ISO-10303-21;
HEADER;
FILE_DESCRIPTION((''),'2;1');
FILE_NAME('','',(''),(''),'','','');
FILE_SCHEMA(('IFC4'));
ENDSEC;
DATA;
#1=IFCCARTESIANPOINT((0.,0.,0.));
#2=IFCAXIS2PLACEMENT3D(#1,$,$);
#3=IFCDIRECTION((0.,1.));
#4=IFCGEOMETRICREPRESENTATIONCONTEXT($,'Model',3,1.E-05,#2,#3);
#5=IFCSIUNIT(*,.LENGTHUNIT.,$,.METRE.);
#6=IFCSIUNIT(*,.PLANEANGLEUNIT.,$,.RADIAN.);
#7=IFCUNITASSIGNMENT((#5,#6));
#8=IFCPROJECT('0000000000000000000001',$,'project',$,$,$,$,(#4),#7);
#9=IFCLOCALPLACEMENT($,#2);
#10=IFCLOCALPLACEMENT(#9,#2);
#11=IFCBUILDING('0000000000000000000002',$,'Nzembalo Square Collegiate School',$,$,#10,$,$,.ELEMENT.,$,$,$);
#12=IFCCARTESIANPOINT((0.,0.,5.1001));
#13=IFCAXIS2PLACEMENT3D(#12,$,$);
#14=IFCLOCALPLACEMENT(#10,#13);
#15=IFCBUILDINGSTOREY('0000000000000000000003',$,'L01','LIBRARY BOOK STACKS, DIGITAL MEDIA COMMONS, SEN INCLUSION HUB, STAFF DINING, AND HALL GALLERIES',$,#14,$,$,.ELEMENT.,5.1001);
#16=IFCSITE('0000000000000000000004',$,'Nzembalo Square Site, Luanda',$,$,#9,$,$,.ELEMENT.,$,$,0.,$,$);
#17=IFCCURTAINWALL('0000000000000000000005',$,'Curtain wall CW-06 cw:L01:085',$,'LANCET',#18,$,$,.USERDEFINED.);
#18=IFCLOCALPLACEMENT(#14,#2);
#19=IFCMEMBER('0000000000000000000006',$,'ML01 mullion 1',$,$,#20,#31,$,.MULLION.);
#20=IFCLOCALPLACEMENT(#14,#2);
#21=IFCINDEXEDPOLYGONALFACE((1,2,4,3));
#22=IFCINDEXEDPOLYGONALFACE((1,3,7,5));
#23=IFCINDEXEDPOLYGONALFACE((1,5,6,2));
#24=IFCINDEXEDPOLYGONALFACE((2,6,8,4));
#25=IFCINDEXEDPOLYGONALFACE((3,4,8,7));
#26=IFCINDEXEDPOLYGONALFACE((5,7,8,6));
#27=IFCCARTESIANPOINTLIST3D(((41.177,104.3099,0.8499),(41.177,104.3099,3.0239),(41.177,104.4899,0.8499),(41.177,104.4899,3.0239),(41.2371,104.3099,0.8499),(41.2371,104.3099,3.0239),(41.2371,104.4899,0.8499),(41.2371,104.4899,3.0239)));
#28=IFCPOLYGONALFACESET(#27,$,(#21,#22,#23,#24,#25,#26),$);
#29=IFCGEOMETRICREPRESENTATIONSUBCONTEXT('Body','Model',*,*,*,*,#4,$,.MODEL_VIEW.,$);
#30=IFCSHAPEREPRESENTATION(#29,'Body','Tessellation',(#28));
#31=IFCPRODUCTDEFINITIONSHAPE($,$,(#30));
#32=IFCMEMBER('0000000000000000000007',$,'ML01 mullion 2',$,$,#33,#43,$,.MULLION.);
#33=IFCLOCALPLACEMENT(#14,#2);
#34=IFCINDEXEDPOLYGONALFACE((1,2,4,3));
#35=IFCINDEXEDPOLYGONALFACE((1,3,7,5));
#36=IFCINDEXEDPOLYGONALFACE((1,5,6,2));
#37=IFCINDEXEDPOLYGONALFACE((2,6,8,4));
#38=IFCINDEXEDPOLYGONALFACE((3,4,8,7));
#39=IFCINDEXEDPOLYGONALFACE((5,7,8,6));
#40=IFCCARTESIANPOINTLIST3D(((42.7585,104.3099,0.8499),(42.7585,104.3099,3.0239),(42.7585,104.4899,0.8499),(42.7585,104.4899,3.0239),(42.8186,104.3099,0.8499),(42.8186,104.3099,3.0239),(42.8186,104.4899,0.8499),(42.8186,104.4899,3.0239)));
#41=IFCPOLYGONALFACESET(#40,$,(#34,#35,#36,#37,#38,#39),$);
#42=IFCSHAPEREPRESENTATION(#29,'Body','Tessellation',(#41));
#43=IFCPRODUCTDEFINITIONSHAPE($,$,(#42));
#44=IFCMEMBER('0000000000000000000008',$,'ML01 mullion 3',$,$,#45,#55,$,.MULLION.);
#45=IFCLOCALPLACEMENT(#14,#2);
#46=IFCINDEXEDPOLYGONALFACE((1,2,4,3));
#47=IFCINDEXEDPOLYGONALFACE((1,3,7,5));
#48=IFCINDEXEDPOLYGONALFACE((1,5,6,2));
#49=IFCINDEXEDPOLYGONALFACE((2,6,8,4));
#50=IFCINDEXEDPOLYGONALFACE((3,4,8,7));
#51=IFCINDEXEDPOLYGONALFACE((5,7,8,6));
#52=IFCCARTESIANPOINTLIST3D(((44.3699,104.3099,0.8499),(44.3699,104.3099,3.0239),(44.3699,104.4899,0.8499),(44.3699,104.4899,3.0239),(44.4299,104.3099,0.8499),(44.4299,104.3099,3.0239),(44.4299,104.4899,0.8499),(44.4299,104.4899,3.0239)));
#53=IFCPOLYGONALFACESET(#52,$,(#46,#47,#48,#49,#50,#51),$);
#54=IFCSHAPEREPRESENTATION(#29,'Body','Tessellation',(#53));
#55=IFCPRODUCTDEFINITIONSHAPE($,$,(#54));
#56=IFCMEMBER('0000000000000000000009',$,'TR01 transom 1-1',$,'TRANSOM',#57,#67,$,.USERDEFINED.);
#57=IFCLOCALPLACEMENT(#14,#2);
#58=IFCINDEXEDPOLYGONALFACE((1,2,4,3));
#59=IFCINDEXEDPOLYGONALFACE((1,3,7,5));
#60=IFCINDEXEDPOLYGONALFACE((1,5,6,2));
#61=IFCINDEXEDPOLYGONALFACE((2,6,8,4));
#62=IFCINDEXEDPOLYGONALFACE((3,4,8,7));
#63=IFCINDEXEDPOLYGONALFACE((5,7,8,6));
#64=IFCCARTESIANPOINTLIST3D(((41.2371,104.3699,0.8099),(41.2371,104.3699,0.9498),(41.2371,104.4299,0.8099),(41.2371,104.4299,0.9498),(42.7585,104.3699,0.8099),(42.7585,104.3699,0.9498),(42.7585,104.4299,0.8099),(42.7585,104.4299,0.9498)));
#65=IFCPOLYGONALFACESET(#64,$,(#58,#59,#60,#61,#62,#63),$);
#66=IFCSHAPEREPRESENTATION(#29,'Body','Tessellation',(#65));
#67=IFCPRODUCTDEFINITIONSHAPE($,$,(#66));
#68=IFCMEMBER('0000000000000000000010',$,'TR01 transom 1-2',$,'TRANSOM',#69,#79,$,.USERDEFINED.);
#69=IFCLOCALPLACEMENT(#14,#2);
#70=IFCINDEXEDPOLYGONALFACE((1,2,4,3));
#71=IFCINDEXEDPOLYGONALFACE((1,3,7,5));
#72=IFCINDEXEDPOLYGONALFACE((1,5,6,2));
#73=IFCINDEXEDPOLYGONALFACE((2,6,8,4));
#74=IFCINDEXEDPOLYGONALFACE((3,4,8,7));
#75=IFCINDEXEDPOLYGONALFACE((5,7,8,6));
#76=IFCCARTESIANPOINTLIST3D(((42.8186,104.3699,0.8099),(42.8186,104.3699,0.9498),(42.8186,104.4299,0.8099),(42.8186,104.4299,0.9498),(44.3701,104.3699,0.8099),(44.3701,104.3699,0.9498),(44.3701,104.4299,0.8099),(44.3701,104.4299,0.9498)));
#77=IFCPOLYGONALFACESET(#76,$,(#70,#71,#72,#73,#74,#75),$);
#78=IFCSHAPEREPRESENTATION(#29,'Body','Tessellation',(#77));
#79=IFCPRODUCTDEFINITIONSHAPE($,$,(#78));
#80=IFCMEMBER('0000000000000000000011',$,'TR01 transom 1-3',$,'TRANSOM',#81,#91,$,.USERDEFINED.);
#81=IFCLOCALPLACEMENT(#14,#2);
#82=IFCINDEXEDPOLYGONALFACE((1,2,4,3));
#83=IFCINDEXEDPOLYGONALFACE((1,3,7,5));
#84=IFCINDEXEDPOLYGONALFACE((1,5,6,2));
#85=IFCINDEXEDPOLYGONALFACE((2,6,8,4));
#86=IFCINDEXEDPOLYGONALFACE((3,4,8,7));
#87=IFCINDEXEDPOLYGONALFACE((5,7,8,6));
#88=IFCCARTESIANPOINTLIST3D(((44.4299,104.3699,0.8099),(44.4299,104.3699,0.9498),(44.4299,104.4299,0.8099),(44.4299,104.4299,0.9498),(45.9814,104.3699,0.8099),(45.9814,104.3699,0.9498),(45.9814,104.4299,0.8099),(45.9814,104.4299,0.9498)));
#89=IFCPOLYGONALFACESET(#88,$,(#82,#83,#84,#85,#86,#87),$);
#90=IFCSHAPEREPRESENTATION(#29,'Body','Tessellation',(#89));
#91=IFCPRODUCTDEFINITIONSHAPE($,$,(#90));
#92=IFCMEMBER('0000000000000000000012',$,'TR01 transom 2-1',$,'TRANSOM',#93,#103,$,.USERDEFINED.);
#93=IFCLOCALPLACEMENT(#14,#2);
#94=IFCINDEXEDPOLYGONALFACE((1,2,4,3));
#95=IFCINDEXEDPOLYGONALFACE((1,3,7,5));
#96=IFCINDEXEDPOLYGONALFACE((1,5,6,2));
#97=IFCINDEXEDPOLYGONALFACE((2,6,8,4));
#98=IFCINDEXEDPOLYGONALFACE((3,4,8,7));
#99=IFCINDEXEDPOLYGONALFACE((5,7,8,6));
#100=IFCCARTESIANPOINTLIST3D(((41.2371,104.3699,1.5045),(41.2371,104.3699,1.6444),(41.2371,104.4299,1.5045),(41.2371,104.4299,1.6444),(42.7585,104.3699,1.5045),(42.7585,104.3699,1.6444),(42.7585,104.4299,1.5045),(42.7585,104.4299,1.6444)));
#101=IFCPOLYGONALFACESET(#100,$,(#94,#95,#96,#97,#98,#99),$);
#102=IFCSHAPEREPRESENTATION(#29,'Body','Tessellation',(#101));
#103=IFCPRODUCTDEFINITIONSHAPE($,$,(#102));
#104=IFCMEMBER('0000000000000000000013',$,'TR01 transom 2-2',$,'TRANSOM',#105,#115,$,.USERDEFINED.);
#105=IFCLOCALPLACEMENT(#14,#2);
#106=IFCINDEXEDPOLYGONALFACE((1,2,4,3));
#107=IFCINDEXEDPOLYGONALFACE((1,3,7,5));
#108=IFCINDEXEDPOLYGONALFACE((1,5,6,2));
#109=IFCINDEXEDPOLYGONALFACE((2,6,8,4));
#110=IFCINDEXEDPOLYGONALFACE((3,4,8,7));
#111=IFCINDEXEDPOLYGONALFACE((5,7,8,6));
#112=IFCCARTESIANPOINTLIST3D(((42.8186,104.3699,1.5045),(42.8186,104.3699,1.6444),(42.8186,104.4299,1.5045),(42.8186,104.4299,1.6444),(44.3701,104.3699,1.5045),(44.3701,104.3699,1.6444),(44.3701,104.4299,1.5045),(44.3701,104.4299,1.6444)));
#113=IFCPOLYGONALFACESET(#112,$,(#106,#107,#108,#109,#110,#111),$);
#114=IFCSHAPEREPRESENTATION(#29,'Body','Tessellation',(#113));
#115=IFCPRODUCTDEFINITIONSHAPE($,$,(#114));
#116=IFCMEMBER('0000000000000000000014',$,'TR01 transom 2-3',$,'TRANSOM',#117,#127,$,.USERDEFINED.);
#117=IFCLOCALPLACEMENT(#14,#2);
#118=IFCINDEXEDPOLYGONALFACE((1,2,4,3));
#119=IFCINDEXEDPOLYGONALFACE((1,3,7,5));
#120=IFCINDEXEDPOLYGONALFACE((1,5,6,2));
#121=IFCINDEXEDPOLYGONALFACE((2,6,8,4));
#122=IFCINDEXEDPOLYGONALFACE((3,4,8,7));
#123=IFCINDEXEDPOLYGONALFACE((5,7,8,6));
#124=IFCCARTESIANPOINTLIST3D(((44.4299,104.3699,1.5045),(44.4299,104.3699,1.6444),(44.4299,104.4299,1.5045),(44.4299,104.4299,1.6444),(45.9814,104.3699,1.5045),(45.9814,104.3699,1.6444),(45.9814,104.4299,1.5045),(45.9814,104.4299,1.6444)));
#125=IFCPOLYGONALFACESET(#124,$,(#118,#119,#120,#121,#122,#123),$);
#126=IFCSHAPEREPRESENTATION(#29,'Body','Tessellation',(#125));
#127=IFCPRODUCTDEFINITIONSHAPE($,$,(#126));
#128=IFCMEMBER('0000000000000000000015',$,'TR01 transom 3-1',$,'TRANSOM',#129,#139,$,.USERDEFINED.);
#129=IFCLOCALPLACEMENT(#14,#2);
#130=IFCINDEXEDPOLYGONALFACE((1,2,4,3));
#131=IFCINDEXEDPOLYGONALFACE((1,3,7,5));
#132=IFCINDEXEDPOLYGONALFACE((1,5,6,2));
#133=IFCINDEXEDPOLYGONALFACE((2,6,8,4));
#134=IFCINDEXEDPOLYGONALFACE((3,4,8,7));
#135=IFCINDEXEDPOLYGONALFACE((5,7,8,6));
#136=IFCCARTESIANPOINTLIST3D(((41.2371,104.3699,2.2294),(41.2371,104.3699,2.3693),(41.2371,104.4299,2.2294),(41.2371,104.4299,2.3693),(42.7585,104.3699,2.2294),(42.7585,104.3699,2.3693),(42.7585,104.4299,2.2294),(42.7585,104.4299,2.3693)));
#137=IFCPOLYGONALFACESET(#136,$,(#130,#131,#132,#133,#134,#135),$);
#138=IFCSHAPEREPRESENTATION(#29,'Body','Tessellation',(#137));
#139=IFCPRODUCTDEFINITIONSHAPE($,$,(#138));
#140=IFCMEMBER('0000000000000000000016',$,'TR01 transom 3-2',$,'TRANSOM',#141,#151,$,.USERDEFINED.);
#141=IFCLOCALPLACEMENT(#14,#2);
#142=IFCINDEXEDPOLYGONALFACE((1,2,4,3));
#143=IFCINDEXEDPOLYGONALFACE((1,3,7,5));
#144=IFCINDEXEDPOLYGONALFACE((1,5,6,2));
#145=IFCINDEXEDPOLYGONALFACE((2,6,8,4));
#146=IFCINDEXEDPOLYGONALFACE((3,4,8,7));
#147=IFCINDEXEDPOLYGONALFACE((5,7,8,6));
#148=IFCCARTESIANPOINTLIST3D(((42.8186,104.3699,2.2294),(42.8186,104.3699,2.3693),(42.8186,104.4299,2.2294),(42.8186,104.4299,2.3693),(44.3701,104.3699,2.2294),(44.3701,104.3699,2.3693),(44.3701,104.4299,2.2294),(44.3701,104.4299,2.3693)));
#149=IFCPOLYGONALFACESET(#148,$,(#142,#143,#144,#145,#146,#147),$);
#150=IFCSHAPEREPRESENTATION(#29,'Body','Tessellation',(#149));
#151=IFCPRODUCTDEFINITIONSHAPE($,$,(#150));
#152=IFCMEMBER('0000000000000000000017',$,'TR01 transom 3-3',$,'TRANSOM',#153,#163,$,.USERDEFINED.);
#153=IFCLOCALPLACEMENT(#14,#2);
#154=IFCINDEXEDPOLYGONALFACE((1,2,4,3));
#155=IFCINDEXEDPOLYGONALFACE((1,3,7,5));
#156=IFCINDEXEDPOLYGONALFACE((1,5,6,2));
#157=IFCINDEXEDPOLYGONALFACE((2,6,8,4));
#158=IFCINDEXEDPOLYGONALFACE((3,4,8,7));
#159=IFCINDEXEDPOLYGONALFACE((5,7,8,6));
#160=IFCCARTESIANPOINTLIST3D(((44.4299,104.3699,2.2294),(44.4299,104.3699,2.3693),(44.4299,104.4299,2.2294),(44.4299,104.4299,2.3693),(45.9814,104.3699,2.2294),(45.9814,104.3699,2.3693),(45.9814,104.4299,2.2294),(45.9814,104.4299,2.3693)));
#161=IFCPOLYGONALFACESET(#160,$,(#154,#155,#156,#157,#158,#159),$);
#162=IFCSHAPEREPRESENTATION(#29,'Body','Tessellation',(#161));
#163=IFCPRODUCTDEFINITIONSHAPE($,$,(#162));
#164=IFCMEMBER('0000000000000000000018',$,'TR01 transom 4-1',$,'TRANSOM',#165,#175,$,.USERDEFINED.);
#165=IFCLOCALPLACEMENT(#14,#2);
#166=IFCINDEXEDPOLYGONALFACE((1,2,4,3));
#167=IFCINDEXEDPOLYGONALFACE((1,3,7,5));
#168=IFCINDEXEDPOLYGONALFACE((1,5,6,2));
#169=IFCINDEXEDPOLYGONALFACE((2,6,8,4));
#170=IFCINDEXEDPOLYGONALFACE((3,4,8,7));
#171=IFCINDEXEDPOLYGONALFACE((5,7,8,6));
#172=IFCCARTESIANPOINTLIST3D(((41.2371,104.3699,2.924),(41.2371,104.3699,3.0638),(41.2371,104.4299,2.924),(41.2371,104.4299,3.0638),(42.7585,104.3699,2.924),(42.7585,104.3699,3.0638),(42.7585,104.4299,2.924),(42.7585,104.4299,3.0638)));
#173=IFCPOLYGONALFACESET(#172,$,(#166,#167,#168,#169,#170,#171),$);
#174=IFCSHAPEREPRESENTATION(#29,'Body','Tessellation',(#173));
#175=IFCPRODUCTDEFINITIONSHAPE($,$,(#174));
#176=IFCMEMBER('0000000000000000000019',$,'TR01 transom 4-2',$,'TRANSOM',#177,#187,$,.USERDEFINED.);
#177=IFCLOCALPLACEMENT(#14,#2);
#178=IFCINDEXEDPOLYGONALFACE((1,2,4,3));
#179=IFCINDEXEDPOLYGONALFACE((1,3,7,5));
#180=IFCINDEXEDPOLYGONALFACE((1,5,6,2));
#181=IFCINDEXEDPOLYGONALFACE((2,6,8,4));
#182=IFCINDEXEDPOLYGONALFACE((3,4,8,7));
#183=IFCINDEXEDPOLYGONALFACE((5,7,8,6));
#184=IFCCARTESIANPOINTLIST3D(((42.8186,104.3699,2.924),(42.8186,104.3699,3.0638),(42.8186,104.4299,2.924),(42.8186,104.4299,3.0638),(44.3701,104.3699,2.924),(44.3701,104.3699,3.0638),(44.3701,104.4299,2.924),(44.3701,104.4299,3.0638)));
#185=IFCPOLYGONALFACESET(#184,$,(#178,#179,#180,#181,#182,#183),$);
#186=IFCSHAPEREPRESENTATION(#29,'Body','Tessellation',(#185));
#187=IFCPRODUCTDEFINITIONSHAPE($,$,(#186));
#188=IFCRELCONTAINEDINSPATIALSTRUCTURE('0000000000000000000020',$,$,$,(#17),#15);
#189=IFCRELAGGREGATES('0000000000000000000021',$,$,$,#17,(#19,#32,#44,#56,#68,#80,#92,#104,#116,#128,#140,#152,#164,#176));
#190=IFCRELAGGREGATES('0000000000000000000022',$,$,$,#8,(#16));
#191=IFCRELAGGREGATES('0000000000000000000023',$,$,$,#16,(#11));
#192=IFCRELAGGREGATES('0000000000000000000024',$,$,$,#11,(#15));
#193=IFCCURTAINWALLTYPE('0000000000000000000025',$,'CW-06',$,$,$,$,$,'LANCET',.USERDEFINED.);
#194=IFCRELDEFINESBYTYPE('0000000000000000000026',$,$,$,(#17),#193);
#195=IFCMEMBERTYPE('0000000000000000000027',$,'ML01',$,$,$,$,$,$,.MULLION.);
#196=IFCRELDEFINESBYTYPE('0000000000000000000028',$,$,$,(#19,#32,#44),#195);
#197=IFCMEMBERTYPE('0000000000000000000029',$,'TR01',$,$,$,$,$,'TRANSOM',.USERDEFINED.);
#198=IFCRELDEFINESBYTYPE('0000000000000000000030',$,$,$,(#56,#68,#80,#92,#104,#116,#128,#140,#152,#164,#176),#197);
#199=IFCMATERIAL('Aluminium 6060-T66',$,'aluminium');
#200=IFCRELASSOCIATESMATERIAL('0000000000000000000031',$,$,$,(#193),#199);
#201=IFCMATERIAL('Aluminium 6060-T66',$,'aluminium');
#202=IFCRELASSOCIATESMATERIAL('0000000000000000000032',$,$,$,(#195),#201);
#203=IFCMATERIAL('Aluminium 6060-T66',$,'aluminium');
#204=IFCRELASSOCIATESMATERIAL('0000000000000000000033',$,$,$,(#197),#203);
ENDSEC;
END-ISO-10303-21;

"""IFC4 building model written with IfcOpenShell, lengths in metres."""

from ifc_helpers import new_model, si_unit, direction, frame, origin, origin_2d, place, context, subcontext, project, spatial, rectangle, extrude, material, material_profile, profile_set, type_object, element, aggregate, save


model = new_model("IFC4")

# Units and contexts
model_context = context("Model", 3, precision=1e-05, world=origin(), true_north=direction((0.0, 1.0)))
body_context = subcontext(model_context, "Body", "Model", "MODEL_VIEW")
ifc_project = project(units=[si_unit("LENGTHUNIT", "METRE"), si_unit("PLANEANGLEUNIT", "RADIAN")], contexts=[model_context])

# Site, building, storey
site_placement = place(None, origin())
site = spatial("IfcSite", under=ifc_project, at=site_placement, Name="Nzembalo Square Site, Luanda", CompositionType="ELEMENT", RefElevation=0.0)
building_placement = place(site_placement, origin())
building = spatial("IfcBuilding", under=site, at=building_placement, Name="Nzembalo Square Collegiate School", CompositionType="ELEMENT")
storey_placement = place(building_placement, frame((0.0, 0.0, 5.1001)))
storey = spatial("IfcBuildingStorey", under=building, at=storey_placement, Name="L01", Description="LIBRARY BOOK STACKS, DIGITAL MEDIA COMMONS, SEN INCLUSION HUB, STAFF DINING, AND HALL GALLERIES", CompositionType="ELEMENT", Elevation=5.1001)

# Curtain wall, members
ifc_material_1 = material(Name="Aluminium 6060-T66", Category="aluminium")
curtain_wall_type = type_object("IfcCurtainWallType", Name="CW-06", ElementType="LANCET", PredefinedType="USERDEFINED", material=ifc_material_1)
curtain_wall_placement = place(storey_placement, origin())
curtain_wall = element("IfcCurtainWall", 1, at=curtain_wall_placement, inside=storey, type_object=curtain_wall_type, Name="Curtain wall CW-06 cw:L01:085", ObjectType="LANCET", PredefinedType="USERDEFINED")
ifc_material_2 = material(Name="Aluminium 6060-T66", Category="aluminium")
ifc_material_profile_1 = material_profile(ifc_material_2, rectangle(XDim=0.0601, YDim=0.1799, at=origin_2d()), Name="ALU M60x180")
ifc_profile_set_1 = profile_set([ifc_material_profile_1], Name="Aluminium 6060-T66")
member_type_1 = type_object("IfcMemberType", Name="ML01", PredefinedType="MULLION", material=ifc_profile_set_1)
member_1_placement = place(storey_placement, frame((41.207, 104.3999, 0.8499), z_axis=(0.0, 0.0, 1.0), x_axis=(1.0, 0.0, 0.0)))
member_1 = element("IfcMember", 2, at=member_1_placement, type_object=member_type_1, Name="ML01 mullion 1", PredefinedType="MULLION", context=body_context, shape_type="SweptSolid", body=[
    extrude(rectangle(XDim=0.0601, YDim=0.1799, at=origin_2d()), origin(), (0.0, 0.0, 1.0), 2.1741),
])
member_2_placement = place(storey_placement, frame((42.7886, 104.3999, 0.8499), z_axis=(0.0, 0.0, 1.0), x_axis=(1.0, 0.0, 0.0)))
member_2 = element("IfcMember", 3, at=member_2_placement, type_object=member_type_1, Name="ML01 mullion 2", PredefinedType="MULLION", context=body_context, shape_type="SweptSolid", body=[
    extrude(rectangle(XDim=0.0601, YDim=0.1799, at=origin_2d()), origin(), (0.0, 0.0, 1.0), 2.1741),
])
member_3_placement = place(storey_placement, frame((44.3999, 104.3999, 0.8499), z_axis=(0.0, 0.0, 1.0), x_axis=(1.0, 0.0, 0.0)))
member_3 = element("IfcMember", 4, at=member_3_placement, type_object=member_type_1, Name="ML01 mullion 3", PredefinedType="MULLION", context=body_context, shape_type="SweptSolid", body=[
    extrude(rectangle(XDim=0.0601, YDim=0.1799, at=origin_2d()), origin(), (0.0, 0.0, 1.0), 2.1741),
])
ifc_material_3 = material(Name="Aluminium 6060-T66", Category="aluminium")
ifc_material_profile_2 = material_profile(ifc_material_3, rectangle(XDim=0.0601, YDim=0.1399, at=origin_2d()), Name="ALU T60x140")
ifc_profile_set_2 = profile_set([ifc_material_profile_2], Name="Aluminium 6060-T66")
member_type_2 = type_object("IfcMemberType", Name="TR01", ElementType="TRANSOM", PredefinedType="USERDEFINED", material=ifc_profile_set_2)
member_4_placement = place(storey_placement, frame((41.2371, 104.3999, 0.8799), z_axis=(1.0, 0.0, 0.0), x_axis=(0.0, 1.0, 0.0)))
member_4 = element("IfcMember", 5, at=member_4_placement, type_object=member_type_2, Name="TR01 transom 1-1", ObjectType="TRANSOM", PredefinedType="USERDEFINED", context=body_context, shape_type="SweptSolid", body=[
    extrude(rectangle(XDim=0.0601, YDim=0.1399, at=origin_2d()), origin(), (0.0, 0.0, 1.0), 1.5215),
])
member_5_placement = place(storey_placement, frame((42.8186, 104.3999, 0.8799), z_axis=(1.0, 0.0, 0.0), x_axis=(0.0, 1.0, 0.0)))
member_5 = element("IfcMember", 6, at=member_5_placement, type_object=member_type_2, Name="TR01 transom 1-2", ObjectType="TRANSOM", PredefinedType="USERDEFINED", context=body_context, shape_type="SweptSolid", body=[
    extrude(rectangle(XDim=0.0601, YDim=0.1399, at=origin_2d()), origin(), (0.0, 0.0, 1.0), 1.5515),
])
member_6_placement = place(storey_placement, frame((44.4299, 104.3999, 0.8799), z_axis=(1.0, 0.0, 0.0), x_axis=(0.0, 1.0, 0.0)))
member_6 = element("IfcMember", 7, at=member_6_placement, type_object=member_type_2, Name="TR01 transom 1-3", ObjectType="TRANSOM", PredefinedType="USERDEFINED", context=body_context, shape_type="SweptSolid", body=[
    extrude(rectangle(XDim=0.0601, YDim=0.1399, at=origin_2d()), origin(), (0.0, 0.0, 1.0), 1.5515),
])
member_7_placement = place(storey_placement, frame((41.2371, 104.3999, 1.5745), z_axis=(1.0, 0.0, 0.0), x_axis=(0.0, 1.0, 0.0)))
member_7 = element("IfcMember", 8, at=member_7_placement, type_object=member_type_2, Name="TR01 transom 2-1", ObjectType="TRANSOM", PredefinedType="USERDEFINED", context=body_context, shape_type="SweptSolid", body=[
    extrude(rectangle(XDim=0.0601, YDim=0.1399, at=origin_2d()), origin(), (0.0, 0.0, 1.0), 1.5215),
])
member_8_placement = place(storey_placement, frame((42.8186, 104.3999, 1.5745), z_axis=(1.0, 0.0, 0.0), x_axis=(0.0, 1.0, 0.0)))
member_8 = element("IfcMember", 9, at=member_8_placement, type_object=member_type_2, Name="TR01 transom 2-2", ObjectType="TRANSOM", PredefinedType="USERDEFINED", context=body_context, shape_type="SweptSolid", body=[
    extrude(rectangle(XDim=0.0601, YDim=0.1399, at=origin_2d()), origin(), (0.0, 0.0, 1.0), 1.5515),
])
member_9_placement = place(storey_placement, frame((44.4299, 104.3999, 1.5745), z_axis=(1.0, 0.0, 0.0), x_axis=(0.0, 1.0, 0.0)))
member_9 = element("IfcMember", 10, at=member_9_placement, type_object=member_type_2, Name="TR01 transom 2-3", ObjectType="TRANSOM", PredefinedType="USERDEFINED", context=body_context, shape_type="SweptSolid", body=[
    extrude(rectangle(XDim=0.0601, YDim=0.1399, at=origin_2d()), origin(), (0.0, 0.0, 1.0), 1.5515),
])
member_10_placement = place(storey_placement, frame((41.2371, 104.3999, 2.2993), z_axis=(1.0, 0.0, 0.0), x_axis=(0.0, 1.0, 0.0)))
member_10 = element("IfcMember", 11, at=member_10_placement, type_object=member_type_2, Name="TR01 transom 3-1", ObjectType="TRANSOM", PredefinedType="USERDEFINED", context=body_context, shape_type="SweptSolid", body=[
    extrude(rectangle(XDim=0.0601, YDim=0.1399, at=origin_2d()), origin(), (0.0, 0.0, 1.0), 1.5215),
])
member_11_placement = place(storey_placement, frame((42.8186, 104.3999, 2.2993), z_axis=(1.0, 0.0, 0.0), x_axis=(0.0, 1.0, 0.0)))
member_11 = element("IfcMember", 12, at=member_11_placement, type_object=member_type_2, Name="TR01 transom 3-2", ObjectType="TRANSOM", PredefinedType="USERDEFINED", context=body_context, shape_type="SweptSolid", body=[
    extrude(rectangle(XDim=0.0601, YDim=0.1399, at=origin_2d()), origin(), (0.0, 0.0, 1.0), 1.5515),
])
member_12_placement = place(storey_placement, frame((44.4299, 104.3999, 2.2993), z_axis=(1.0, 0.0, 0.0), x_axis=(0.0, 1.0, 0.0)))
member_12 = element("IfcMember", 13, at=member_12_placement, type_object=member_type_2, Name="TR01 transom 3-3", ObjectType="TRANSOM", PredefinedType="USERDEFINED", context=body_context, shape_type="SweptSolid", body=[
    extrude(rectangle(XDim=0.0601, YDim=0.1399, at=origin_2d()), origin(), (0.0, 0.0, 1.0), 1.5515),
])
member_13_placement = place(storey_placement, frame((41.2371, 104.3999, 2.9939), z_axis=(1.0, 0.0, 0.0), x_axis=(0.0, 1.0, 0.0)))
member_13 = element("IfcMember", 14, at=member_13_placement, type_object=member_type_2, Name="TR01 transom 4-1", ObjectType="TRANSOM", PredefinedType="USERDEFINED", context=body_context, shape_type="SweptSolid", body=[
    extrude(rectangle(XDim=0.0601, YDim=0.1399, at=origin_2d()), origin(), (0.0, 0.0, 1.0), 1.5215),
])
member_14_placement = place(storey_placement, frame((42.8186, 104.3999, 2.9939), z_axis=(1.0, 0.0, 0.0), x_axis=(0.0, 1.0, 0.0)))
member_14 = element("IfcMember", 15, at=member_14_placement, type_object=member_type_2, Name="TR01 transom 4-2", ObjectType="TRANSOM", PredefinedType="USERDEFINED", context=body_context, shape_type="SweptSolid", body=[
    extrude(rectangle(XDim=0.0601, YDim=0.1399, at=origin_2d()), origin(), (0.0, 0.0, 1.0), 1.5515),
])
aggregate(curtain_wall, [member_1, member_2, member_3, member_4, member_5, member_6, member_7, member_8, member_9, member_10, member_11, member_12, member_13, member_14])

save(model, "model.ifc")
